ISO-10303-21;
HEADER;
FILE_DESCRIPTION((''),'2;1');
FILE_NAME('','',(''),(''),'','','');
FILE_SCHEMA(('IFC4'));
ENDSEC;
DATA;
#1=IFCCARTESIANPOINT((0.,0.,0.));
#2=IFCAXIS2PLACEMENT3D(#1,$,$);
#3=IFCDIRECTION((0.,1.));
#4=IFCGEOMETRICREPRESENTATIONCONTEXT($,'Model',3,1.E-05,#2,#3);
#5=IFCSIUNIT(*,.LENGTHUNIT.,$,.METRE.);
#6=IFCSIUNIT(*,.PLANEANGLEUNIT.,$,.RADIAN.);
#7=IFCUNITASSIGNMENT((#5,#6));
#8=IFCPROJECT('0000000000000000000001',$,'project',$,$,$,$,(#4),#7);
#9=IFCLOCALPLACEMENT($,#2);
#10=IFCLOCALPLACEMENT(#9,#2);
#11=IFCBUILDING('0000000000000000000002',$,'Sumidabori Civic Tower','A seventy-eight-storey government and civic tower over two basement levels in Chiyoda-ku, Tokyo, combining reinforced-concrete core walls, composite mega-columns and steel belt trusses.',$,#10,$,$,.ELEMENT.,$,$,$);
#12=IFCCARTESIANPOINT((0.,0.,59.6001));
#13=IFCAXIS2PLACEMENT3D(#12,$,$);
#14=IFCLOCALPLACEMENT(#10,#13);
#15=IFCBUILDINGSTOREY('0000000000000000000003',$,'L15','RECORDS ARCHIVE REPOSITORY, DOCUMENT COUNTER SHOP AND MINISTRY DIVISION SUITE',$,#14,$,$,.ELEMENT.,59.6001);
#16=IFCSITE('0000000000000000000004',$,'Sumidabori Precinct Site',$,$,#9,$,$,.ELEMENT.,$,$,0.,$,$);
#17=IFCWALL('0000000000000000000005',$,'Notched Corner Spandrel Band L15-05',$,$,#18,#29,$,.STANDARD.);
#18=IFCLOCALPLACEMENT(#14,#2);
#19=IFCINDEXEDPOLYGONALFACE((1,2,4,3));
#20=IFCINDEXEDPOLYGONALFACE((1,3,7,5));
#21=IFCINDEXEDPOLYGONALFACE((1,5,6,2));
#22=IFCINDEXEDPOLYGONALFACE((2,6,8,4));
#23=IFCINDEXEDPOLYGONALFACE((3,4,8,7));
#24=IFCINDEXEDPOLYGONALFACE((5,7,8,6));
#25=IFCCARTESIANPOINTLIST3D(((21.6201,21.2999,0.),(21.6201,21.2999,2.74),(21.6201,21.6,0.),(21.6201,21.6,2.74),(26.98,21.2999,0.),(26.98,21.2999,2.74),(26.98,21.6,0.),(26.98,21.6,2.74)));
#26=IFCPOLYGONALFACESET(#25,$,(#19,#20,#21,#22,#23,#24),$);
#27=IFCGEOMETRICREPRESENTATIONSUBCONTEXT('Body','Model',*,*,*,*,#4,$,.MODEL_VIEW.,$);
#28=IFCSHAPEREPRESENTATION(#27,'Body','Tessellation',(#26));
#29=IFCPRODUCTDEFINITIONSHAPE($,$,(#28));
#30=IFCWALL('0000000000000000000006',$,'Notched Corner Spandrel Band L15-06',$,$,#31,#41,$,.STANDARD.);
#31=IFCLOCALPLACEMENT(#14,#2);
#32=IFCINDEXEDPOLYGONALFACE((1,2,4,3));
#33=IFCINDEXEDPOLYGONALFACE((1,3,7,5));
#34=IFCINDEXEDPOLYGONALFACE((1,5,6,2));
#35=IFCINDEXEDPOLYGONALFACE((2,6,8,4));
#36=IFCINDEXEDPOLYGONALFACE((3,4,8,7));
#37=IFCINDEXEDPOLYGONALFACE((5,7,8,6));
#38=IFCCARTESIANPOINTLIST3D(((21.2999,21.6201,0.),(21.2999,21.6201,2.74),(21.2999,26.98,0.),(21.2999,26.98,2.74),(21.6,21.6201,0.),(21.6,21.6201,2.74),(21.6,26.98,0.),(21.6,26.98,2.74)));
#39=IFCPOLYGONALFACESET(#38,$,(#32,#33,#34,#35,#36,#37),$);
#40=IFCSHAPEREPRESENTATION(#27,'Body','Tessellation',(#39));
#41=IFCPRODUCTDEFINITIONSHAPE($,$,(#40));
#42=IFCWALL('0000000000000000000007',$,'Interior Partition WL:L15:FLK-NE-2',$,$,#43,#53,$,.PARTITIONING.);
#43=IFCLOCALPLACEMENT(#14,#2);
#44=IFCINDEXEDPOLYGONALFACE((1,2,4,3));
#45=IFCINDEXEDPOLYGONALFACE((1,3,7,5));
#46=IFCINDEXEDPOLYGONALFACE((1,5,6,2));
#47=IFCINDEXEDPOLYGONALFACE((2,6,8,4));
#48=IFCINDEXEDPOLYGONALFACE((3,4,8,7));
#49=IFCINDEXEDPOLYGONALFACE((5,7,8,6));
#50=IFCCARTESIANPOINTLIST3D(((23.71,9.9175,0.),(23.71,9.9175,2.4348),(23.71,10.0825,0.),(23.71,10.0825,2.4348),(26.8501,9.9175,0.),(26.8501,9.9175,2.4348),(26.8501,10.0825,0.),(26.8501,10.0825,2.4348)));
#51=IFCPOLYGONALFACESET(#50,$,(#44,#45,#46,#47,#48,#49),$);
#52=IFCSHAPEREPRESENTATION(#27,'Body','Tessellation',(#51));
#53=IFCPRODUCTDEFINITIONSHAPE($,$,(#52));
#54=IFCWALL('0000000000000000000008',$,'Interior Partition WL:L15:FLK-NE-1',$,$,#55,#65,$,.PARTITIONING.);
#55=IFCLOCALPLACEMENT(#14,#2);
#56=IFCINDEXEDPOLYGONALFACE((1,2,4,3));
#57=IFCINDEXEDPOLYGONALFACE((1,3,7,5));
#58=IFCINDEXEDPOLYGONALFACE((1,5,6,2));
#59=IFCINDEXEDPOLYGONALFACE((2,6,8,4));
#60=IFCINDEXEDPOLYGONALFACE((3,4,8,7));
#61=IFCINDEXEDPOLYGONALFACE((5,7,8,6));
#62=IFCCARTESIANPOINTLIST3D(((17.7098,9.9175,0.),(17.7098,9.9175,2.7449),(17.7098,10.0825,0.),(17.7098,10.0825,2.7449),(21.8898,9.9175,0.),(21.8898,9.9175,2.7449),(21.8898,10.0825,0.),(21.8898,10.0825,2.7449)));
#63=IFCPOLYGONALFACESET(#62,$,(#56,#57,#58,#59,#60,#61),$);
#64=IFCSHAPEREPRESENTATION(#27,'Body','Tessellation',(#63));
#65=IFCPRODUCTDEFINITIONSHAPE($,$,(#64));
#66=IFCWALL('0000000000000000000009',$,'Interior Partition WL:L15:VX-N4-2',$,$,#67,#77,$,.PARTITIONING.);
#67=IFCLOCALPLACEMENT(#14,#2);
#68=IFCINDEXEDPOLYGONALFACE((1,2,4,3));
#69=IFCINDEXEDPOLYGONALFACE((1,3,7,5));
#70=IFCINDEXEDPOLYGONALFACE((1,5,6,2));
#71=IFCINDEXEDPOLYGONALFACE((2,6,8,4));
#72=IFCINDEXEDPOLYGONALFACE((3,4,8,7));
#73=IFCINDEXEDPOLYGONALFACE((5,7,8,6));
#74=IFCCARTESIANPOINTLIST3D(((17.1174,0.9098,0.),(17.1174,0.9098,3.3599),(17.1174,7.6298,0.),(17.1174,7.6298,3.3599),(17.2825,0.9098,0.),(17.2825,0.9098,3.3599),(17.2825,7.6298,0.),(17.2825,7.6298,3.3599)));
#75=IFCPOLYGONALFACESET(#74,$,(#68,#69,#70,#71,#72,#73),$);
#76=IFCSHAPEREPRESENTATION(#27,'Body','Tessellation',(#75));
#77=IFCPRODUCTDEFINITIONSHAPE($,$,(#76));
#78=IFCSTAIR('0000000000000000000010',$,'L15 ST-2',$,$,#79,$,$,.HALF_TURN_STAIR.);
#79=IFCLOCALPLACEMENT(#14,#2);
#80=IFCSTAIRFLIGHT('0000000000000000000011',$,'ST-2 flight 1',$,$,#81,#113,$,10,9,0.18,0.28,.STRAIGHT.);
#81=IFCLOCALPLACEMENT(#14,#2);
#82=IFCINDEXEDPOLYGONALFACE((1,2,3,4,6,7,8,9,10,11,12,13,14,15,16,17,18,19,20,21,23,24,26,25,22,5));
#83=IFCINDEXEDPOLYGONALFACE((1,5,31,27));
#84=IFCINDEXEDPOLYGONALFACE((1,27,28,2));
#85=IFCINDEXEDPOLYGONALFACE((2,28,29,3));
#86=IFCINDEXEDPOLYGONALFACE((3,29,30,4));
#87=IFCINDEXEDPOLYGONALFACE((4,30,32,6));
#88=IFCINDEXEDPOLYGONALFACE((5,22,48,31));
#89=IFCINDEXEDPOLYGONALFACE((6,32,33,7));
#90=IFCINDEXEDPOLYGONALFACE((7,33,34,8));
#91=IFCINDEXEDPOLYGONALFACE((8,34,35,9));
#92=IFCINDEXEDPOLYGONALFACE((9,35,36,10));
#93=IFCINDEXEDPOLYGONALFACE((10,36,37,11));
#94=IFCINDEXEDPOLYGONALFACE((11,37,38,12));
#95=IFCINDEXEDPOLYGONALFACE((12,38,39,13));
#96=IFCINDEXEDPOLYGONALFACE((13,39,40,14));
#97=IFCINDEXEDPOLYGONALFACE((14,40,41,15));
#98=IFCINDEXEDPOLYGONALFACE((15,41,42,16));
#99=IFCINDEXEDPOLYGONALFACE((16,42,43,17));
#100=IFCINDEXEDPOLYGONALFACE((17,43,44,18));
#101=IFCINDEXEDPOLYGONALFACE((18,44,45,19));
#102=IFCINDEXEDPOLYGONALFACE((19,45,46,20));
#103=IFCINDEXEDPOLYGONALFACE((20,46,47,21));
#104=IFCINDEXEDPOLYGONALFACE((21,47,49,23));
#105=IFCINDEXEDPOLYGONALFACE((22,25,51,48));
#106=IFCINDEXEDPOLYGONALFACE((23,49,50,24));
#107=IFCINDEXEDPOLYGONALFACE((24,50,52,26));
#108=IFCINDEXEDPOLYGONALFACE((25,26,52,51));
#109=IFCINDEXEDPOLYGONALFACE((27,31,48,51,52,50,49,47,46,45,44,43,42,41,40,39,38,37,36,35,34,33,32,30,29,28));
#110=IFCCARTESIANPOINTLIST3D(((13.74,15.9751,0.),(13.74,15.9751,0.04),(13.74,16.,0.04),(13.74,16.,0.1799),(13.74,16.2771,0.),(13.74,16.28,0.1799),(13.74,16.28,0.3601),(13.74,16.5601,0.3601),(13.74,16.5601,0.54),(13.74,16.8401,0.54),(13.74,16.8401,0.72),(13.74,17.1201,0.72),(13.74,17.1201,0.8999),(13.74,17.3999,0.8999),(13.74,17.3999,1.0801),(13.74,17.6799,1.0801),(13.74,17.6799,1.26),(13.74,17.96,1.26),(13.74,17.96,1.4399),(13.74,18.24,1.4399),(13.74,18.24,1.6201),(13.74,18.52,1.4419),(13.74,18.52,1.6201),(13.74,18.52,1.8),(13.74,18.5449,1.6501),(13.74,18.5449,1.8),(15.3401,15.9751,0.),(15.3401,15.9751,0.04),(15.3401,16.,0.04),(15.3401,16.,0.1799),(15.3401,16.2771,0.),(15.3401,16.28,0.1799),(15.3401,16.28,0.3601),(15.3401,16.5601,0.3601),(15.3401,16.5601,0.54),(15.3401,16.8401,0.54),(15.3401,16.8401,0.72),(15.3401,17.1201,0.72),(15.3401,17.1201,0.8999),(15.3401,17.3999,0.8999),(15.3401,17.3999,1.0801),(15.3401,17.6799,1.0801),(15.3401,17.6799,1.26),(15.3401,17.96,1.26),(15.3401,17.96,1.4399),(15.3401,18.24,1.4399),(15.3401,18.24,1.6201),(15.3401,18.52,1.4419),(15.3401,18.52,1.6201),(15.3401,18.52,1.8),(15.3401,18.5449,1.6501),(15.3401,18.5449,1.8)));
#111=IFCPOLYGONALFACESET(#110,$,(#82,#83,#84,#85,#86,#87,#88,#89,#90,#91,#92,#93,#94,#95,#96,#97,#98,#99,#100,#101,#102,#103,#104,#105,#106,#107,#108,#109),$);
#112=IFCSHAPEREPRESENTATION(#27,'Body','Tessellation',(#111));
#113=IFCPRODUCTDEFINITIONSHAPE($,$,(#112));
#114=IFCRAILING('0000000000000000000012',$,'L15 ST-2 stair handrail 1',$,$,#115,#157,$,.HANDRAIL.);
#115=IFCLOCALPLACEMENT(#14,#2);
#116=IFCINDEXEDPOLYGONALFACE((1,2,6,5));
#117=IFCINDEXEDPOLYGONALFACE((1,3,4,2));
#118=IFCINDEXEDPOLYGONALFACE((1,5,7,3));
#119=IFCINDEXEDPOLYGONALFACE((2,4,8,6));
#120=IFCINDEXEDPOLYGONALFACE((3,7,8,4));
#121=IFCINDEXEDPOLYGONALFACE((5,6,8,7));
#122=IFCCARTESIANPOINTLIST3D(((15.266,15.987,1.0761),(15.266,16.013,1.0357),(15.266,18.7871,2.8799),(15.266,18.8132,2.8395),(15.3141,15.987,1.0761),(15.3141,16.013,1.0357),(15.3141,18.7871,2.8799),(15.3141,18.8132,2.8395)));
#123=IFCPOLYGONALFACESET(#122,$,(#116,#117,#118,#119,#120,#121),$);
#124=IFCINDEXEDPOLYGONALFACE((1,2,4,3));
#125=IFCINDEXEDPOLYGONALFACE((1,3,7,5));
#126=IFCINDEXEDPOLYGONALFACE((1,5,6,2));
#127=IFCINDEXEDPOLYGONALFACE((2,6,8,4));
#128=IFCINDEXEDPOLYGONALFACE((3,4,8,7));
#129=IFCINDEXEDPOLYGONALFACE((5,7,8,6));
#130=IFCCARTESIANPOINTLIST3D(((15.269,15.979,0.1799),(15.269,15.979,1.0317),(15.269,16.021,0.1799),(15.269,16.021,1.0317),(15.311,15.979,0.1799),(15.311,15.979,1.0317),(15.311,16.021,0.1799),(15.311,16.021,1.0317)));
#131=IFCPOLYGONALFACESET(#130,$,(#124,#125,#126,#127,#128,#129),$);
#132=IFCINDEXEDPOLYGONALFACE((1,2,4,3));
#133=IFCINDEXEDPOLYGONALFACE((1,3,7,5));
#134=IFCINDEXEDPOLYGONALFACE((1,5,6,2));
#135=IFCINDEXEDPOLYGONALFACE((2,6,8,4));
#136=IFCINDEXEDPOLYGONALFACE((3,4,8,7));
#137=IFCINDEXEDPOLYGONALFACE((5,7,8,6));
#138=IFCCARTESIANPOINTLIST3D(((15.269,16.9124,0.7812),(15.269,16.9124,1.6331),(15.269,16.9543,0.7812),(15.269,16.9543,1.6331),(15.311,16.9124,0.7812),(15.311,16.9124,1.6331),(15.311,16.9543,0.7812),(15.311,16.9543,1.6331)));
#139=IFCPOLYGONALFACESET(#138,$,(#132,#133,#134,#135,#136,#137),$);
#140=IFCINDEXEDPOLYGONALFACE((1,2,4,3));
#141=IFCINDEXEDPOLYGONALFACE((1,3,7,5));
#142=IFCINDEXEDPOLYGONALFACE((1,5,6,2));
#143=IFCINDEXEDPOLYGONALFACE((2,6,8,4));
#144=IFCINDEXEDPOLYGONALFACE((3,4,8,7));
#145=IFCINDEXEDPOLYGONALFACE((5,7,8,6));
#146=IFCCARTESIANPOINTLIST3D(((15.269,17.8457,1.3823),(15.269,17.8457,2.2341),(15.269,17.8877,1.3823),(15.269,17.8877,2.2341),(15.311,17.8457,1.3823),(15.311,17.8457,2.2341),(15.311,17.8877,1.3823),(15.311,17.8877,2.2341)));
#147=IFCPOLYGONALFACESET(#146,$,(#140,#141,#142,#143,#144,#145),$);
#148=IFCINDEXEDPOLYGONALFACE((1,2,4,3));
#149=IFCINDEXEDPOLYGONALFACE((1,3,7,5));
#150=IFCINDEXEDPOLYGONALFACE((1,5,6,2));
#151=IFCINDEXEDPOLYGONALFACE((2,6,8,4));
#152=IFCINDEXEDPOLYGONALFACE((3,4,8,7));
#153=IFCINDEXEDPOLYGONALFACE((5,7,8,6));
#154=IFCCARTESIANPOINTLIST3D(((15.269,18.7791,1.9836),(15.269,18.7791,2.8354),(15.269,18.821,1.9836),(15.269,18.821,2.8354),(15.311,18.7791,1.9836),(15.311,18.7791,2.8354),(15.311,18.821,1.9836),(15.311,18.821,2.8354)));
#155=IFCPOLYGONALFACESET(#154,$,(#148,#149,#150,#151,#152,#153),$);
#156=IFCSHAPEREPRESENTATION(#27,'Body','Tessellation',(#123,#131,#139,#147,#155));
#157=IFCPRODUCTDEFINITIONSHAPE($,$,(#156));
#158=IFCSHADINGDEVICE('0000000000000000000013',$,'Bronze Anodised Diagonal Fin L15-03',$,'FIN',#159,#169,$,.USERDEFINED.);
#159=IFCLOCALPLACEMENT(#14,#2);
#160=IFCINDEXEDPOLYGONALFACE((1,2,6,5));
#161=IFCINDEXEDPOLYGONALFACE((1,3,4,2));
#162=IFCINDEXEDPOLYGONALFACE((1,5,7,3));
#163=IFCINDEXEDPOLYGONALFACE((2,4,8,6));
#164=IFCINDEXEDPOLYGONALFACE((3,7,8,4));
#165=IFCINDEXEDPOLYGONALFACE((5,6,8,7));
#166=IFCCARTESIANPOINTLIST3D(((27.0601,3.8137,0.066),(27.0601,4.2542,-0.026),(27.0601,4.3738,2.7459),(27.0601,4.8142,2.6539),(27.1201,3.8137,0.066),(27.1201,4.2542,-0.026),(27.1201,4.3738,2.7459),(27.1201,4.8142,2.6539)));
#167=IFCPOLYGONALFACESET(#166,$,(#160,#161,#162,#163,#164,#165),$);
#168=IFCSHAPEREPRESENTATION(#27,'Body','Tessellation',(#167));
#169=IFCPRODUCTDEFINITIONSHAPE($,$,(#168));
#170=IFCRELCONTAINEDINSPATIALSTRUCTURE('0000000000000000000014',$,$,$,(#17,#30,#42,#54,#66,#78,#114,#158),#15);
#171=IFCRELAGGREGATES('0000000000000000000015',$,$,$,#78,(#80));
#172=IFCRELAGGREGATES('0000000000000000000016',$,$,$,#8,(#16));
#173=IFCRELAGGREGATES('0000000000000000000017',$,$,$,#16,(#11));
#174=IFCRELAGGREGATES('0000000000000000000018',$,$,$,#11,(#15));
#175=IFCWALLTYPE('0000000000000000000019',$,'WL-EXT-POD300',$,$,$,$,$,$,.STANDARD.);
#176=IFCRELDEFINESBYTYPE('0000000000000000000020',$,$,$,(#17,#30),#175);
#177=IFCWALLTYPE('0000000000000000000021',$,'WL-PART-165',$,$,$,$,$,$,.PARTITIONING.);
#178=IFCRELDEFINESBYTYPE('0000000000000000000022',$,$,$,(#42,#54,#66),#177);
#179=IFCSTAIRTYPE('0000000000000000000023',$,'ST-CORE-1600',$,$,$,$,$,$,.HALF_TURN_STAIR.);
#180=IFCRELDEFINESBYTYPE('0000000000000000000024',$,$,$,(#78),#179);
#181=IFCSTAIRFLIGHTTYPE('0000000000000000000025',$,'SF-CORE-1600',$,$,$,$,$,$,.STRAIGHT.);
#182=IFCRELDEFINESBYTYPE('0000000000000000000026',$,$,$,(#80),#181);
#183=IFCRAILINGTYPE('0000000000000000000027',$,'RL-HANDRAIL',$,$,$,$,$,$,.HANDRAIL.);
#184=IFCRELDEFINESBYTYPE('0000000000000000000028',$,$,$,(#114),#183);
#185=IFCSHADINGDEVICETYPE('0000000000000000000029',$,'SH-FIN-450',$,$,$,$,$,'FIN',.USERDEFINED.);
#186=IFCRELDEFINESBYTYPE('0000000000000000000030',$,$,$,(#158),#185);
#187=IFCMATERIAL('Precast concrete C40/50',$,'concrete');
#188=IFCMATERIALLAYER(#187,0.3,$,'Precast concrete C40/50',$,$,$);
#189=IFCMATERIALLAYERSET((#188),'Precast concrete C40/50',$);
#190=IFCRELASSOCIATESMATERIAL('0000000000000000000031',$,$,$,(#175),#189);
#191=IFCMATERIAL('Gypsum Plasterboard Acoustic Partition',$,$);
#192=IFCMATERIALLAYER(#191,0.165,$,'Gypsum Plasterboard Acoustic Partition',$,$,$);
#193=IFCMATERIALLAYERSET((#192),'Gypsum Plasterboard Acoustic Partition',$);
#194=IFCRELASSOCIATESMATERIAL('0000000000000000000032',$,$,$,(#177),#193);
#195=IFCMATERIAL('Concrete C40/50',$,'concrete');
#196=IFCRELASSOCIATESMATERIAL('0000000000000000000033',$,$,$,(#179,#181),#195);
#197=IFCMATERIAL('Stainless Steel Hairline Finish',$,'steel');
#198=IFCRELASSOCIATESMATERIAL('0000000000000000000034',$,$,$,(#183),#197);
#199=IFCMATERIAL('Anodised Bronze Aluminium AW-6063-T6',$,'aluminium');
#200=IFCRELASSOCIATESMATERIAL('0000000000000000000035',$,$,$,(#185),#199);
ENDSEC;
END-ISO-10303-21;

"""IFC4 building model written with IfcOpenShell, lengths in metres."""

from ifc_helpers import new_model, si_unit, direction, frame, frame_2d, origin, origin_2d, place, context, subcontext, project, spatial, polyline, rectangle, outline, extrude, source, transform, mapped, material, layer, layer_set, material_profile, profile_set, type_object, element, aggregate, save


model = new_model("IFC4")

# Units and contexts
model_context = context("Model", 3, precision=1e-05, world=origin(), true_north=direction((0.0, 1.0)))
body_context = subcontext(model_context, "Body", "Model", "MODEL_VIEW")
ifc_project = project(units=[si_unit("LENGTHUNIT", "METRE"), si_unit("PLANEANGLEUNIT", "RADIAN")], contexts=[model_context])

# Site, building, storey
site_placement = place(None, origin())
site = spatial("IfcSite", under=ifc_project, at=site_placement, Name="Sumidabori Precinct Site", CompositionType="ELEMENT", RefElevation=0.0)
building_placement = place(site_placement, origin())
building = spatial("IfcBuilding", under=site, at=building_placement, Name="Sumidabori Civic Tower", Description="A seventy-eight-storey government and civic tower over two basement levels in Chiyoda-ku, Tokyo, combining reinforced-concrete core walls, composite mega-columns and steel belt trusses.", CompositionType="ELEMENT")
storey_placement = place(building_placement, frame((0.0, 0.0, 59.6001)))
storey = spatial("IfcBuildingStorey", under=building, at=storey_placement, Name="L15", Description="RECORDS ARCHIVE REPOSITORY, DOCUMENT COUNTER SHOP AND MINISTRY DIVISION SUITE", CompositionType="ELEMENT", Elevation=59.6001)

# Shared definitions
ifc_material_1 = material(Name="Anodised Bronze Aluminium AW-6063-T6", Category="aluminium")

# Walls
ifc_material_2 = material(Name="Precast concrete C40/50", Category="concrete")
ifc_layer_1 = layer(ifc_material_2, 0.3, Name="Precast concrete C40/50")
ifc_layer_set_1 = layer_set([ifc_layer_1], Name="Precast concrete C40/50")
wall_type_1 = type_object("IfcWallType", Name="WL-EXT-POD300", PredefinedType="STANDARD", material=ifc_layer_set_1)
shared_shape_1 = source(origin(), body_context, "Body", "SweptSolid", [
    extrude(rectangle(XDim=5.3599, YDim=0.3, at=frame_2d((2.6799, 0.0))), origin(), (0.0, 0.0, 1.0), 2.74),
])
for number, where, z_axis, x_axis, name in (
    (1, (26.98, 21.45, 0.0), (0.0, 0.0, 1.0), (-1.0, 0.0, 0.0), "Notched Corner Spandrel Band L15-05"),
    (2, (21.45, 21.6201, 0.0), (0.0, 0.0, 1.0), (0.0, 1.0, 0.0), "Notched Corner Spandrel Band L15-06"),
):
    element("IfcWall", number, at=place(storey_placement, frame(where, z_axis=z_axis, x_axis=x_axis)), inside=storey, type_object=wall_type_1, Name=name, PredefinedType="STANDARD", context=body_context, shape_type="MappedRepresentation", body=[
        mapped(shared_shape_1, transform((0.0, 0.0, 0.0), x_axis=(1.0, 0.0, 0.0), y_axis=(0.0, 1.0, 0.0), z_axis=(0.0, 0.0, 1.0), scale=1.0)),
    ])
ifc_material_3 = material(Name="Gypsum Plasterboard Acoustic Partition")
ifc_layer_2 = layer(ifc_material_3, 0.165, Name="Gypsum Plasterboard Acoustic Partition")
ifc_layer_set_2 = layer_set([ifc_layer_2], Name="Gypsum Plasterboard Acoustic Partition")
wall_type_2 = type_object("IfcWallType", Name="WL-PART-165", PredefinedType="PARTITIONING", material=ifc_layer_set_2)
shared_shape_2 = source(origin(), body_context, "Body", "SweptSolid", [
    extrude(rectangle(XDim=3.1401, YDim=0.165, at=frame_2d((1.5701, 0.0))), origin(), (0.0, 0.0, 1.0), 2.4348),
])
wall_1_placement = place(storey_placement, frame((23.71, 10.0, 0.0), z_axis=(0.0, 0.0, 1.0), x_axis=(1.0, 0.0, 0.0)))
element("IfcWall", 3, at=wall_1_placement, inside=storey, type_object=wall_type_2, Name="Interior Partition WL:L15:FLK-NE-2", PredefinedType="PARTITIONING", context=body_context, shape_type="MappedRepresentation", body=[
    mapped(shared_shape_2, transform((0.0, 0.0, 0.0), x_axis=(1.0, 0.0, 0.0), y_axis=(0.0, 1.0, 0.0), z_axis=(0.0, 0.0, 1.0), scale=1.0)),
])
shared_shape_3 = source(origin(), body_context, "Body", "SweptSolid", [
    extrude(rectangle(XDim=4.1799, YDim=0.165, at=frame_2d((2.0898, 0.0))), origin(), (0.0, 0.0, 1.0), 2.7449),
])
wall_2_placement = place(storey_placement, frame((17.71, 10.0, 0.0), z_axis=(0.0, 0.0, 1.0), x_axis=(1.0, 0.0, 0.0)))
element("IfcWall", 4, at=wall_2_placement, inside=storey, type_object=wall_type_2, Name="Interior Partition WL:L15:FLK-NE-1", PredefinedType="PARTITIONING", context=body_context, shape_type="MappedRepresentation", body=[
    mapped(shared_shape_3, transform((0.0, 0.0, 0.0), x_axis=(1.0, 0.0, 0.0), y_axis=(0.0, 1.0, 0.0), z_axis=(0.0, 0.0, 1.0), scale=1.0)),
])
shared_shape_4 = source(origin(), body_context, "Body", "SweptSolid", [
    extrude(rectangle(XDim=6.72, YDim=0.165, at=frame_2d((3.3599, 0.0))), origin(), (0.0, 0.0, 1.0), 3.3599),
])
wall_3_placement = place(storey_placement, frame((17.2, 0.9099, 0.0), z_axis=(0.0, 0.0, 1.0), x_axis=(0.0, 1.0, 0.0)))
element("IfcWall", 5, at=wall_3_placement, inside=storey, type_object=wall_type_2, Name="Interior Partition WL:L15:VX-N4-2", PredefinedType="PARTITIONING", context=body_context, shape_type="MappedRepresentation", body=[
    mapped(shared_shape_4, transform((0.0, 0.0, 0.0), x_axis=(1.0, 0.0, 0.0), y_axis=(0.0, 1.0, 0.0), z_axis=(0.0, 0.0, 1.0), scale=1.0)),
])

# Stair, stair flight
ifc_material_4 = material(Name="Concrete C40/50", Category="concrete")
stair_type = type_object("IfcStairType", Name="ST-CORE-1600", PredefinedType="HALF_TURN_STAIR", material=ifc_material_4)
stair_placement = place(storey_placement, origin())
stair = element("IfcStair", 6, at=stair_placement, inside=storey, type_object=stair_type, Name="L15 ST-2", PredefinedType="HALF_TURN_STAIR")
stair_flight_type = type_object("IfcStairFlightType", Name="SF-CORE-1600", PredefinedType="STRAIGHT", material=ifc_material_4)
shared_shape_5 = source(origin(), body_context, "Body", "SweptSolid", [
    extrude(outline(polyline([(-0.0249, 0.0), (-0.0249, 0.04), (0.0, 0.04), (0.0, 0.1799), (0.28, 0.1799), (0.28, 0.3601), (0.5601, 0.3601), (0.5601, 0.54), (0.8401, 0.54), (0.8401, 0.72), (1.1201, 0.72), (1.1201, 0.8999), (1.3999, 0.8999), (1.3999, 1.0801), (1.6799, 1.0801), (1.6799, 1.26), (1.96, 1.26), (1.96, 1.4399), (2.24, 1.4399), (2.24, 1.6201), (2.52, 1.6201), (2.52, 1.8), (2.5449, 1.8), (2.5449, 1.6501), (2.52, 1.4419), (0.2771, 0.0), (-0.0249, 0.0)])), frame((0.0, 0.8, 0.0), z_axis=(0.0, -1.0, 0.0), x_axis=(1.0, 0.0, 0.0)), (0.0, 0.0, 1.0), 1.6001),
])
stair_flight_placement = place(storey_placement, frame((14.54, 16.0, 0.0), z_axis=(0.0, 0.0, 1.0), x_axis=(0.0, 1.0, 0.0)))
stair_flight = element("IfcStairFlight", 7, at=stair_flight_placement, type_object=stair_flight_type, Name="ST-2 flight 1", NumberOfRisers=10, NumberOfTreads=9, PredefinedType="STRAIGHT", RiserHeight=0.18, TreadLength=0.28, context=body_context, shape_type="MappedRepresentation", body=[
    mapped(shared_shape_5, transform((0.0, 0.0, 0.0), x_axis=(1.0, 0.0, 0.0), y_axis=(0.0, 1.0, 0.0), z_axis=(0.0, 0.0, 1.0), scale=1.0)),
])
aggregate(stair, [stair_flight])

# Railing
ifc_material_5 = material(Name="Stainless Steel Hairline Finish", Category="steel")
railing_type = type_object("IfcRailingType", Name="RL-HANDRAIL", PredefinedType="HANDRAIL", material=ifc_material_5)
railing_placement = place(storey_placement, frame((15.29, 16.0, 0.1799)))
element("IfcRailing", 8, at=railing_placement, inside=storey, type_object=railing_type, Name="L15 ST-2 stair handrail 1", PredefinedType="HANDRAIL", context=body_context, shape_type="SweptSolid", body=[
    extrude(rectangle(XDim=0.0481, YDim=0.0481, at=origin_2d()), frame((0.0, 0.0, 0.876), z_axis=(0.0, 0.840676, 0.541539), x_axis=(-1.0, 0.0, 0.0)), (0.0, 0.0, 1.0), 3.3308),
    extrude(rectangle(XDim=0.042, YDim=0.042, at=origin_2d()), origin(), (0.0, 0.0, 1.0), 0.8518),
    extrude(rectangle(XDim=0.042, YDim=0.042, at=origin_2d()), frame((0.0, 0.9333, 0.6013)), (0.0, 0.0, 1.0), 0.8518),
    extrude(rectangle(XDim=0.042, YDim=0.042, at=origin_2d()), frame((0.0, 1.8667, 1.2024)), (0.0, 0.0, 1.0), 0.8518),
    extrude(rectangle(XDim=0.042, YDim=0.042, at=origin_2d()), frame((0.0, 2.8, 1.8037)), (0.0, 0.0, 1.0), 0.8518),
])

# Shading device
ifc_material_profile_1 = material_profile(ifc_material_1, rectangle(XDim=0.0601, YDim=0.45, at=origin_2d()), Name="BRONZE FIN 450x60")
ifc_profile_set_1 = profile_set([ifc_material_profile_1], Name="Anodised Bronze Aluminium AW-6063-T6")
shading_device_type = type_object("IfcShadingDeviceType", Name="SH-FIN-450", ElementType="FIN", PredefinedType="USERDEFINED", material=ifc_profile_set_1)
shared_shape_6 = source(origin(), body_context, "Body", "SweptSolid", [
    extrude(rectangle(XDim=0.0601, YDim=0.45, at=origin_2d()), origin(), (0.0, 0.0, 1.0), 2.7378),
])
shading_device_placement = place(storey_placement, frame((27.0901, 4.0339, 0.02), z_axis=(0.0, 0.204563, 0.978853), x_axis=(-1.0, 0.0, 0.0)))
element("IfcShadingDevice", 9, at=shading_device_placement, inside=storey, type_object=shading_device_type, Name="Bronze Anodised Diagonal Fin L15-03", ObjectType="FIN", PredefinedType="USERDEFINED", context=body_context, shape_type="MappedRepresentation", body=[
    mapped(shared_shape_6, transform((0.0, 0.0, 0.0), x_axis=(1.0, 0.0, 0.0), y_axis=(0.0, 1.0, 0.0), z_axis=(0.0, 0.0, 1.0), scale=1.0)),
])

save(model, "model.ifc")
